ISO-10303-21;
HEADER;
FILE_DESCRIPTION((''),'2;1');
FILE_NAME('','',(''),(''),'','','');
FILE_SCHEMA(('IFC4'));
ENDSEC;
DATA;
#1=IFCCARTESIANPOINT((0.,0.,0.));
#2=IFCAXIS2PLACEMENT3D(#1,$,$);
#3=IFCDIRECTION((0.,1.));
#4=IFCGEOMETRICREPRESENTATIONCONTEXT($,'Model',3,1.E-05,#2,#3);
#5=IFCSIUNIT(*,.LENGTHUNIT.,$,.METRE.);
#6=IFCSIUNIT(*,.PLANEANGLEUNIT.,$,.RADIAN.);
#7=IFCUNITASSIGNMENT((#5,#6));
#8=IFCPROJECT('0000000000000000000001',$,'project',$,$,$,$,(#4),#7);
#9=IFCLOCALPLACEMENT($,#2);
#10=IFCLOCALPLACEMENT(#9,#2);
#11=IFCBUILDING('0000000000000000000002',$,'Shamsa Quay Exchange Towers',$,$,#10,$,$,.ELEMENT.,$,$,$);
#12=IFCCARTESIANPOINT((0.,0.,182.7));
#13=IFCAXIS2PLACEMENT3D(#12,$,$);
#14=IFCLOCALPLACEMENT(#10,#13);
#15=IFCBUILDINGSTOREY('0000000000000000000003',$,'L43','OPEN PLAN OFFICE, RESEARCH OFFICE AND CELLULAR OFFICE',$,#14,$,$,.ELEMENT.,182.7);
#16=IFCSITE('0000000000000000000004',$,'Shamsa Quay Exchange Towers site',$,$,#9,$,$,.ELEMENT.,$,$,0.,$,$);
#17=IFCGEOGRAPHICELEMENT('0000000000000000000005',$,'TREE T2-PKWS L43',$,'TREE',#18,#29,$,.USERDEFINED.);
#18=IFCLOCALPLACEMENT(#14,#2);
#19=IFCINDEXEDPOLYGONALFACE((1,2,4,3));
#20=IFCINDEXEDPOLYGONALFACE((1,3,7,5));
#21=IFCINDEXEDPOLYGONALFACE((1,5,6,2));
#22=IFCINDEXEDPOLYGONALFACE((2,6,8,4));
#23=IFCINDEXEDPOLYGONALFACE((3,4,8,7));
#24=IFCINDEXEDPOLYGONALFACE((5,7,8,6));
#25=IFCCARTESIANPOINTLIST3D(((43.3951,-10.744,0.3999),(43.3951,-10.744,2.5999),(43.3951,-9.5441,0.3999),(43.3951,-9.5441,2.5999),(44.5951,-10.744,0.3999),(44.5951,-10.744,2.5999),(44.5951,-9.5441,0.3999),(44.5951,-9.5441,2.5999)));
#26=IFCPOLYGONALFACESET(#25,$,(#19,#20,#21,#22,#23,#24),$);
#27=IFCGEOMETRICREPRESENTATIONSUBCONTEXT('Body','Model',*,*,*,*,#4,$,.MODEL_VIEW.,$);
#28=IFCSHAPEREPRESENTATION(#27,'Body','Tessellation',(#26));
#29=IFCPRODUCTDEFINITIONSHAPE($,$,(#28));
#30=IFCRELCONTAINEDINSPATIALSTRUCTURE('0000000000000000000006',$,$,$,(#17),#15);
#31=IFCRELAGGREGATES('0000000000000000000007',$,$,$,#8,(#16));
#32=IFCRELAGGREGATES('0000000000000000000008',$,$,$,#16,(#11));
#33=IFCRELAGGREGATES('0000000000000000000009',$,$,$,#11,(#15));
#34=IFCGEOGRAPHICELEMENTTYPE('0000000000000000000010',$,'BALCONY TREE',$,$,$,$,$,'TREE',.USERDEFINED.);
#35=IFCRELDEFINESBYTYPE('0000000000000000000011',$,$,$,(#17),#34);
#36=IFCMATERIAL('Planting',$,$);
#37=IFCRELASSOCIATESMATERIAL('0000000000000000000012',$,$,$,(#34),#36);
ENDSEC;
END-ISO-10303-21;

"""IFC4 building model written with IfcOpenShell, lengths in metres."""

from ifc_helpers import new_model, si_unit, direction, frame, origin, origin_2d, place, context, subcontext, project, spatial, rectangle, extrude, material, type_object, element, save


model = new_model("IFC4")

# Units and contexts
model_context = context("Model", 3, precision=1e-05, world=origin(), true_north=direction((0.0, 1.0)))
body_context = subcontext(model_context, "Body", "Model", "MODEL_VIEW")
ifc_project = project(units=[si_unit("LENGTHUNIT", "METRE"), si_unit("PLANEANGLEUNIT", "RADIAN")], contexts=[model_context])

# Site, building, storey
site_placement = place(None, origin())
site = spatial("IfcSite", under=ifc_project, at=site_placement, Name="Shamsa Quay Exchange Towers site", CompositionType="ELEMENT", RefElevation=0.0)
building_placement = place(site_placement, origin())
building = spatial("IfcBuilding", under=site, at=building_placement, Name="Shamsa Quay Exchange Towers", CompositionType="ELEMENT")
storey_placement = place(building_placement, frame((0.0, 0.0, 182.7)))
storey = spatial("IfcBuildingStorey", under=building, at=storey_placement, Name="L43", Description="OPEN PLAN OFFICE, RESEARCH OFFICE AND CELLULAR OFFICE", CompositionType="ELEMENT", Elevation=182.7)

# Geographic element
ifc_material_1 = material(Name="Planting")
geographic_element_type = type_object("IfcGeographicElementType", Name="BALCONY TREE", ElementType="TREE", PredefinedType="USERDEFINED", material=ifc_material_1)
geographic_element_placement = place(storey_placement, frame((43.9951, -10.144, 0.3999), z_axis=(0.0, 0.0, 1.0), x_axis=(0.0, 1.0, 0.0)))
element("IfcGeographicElement", 1, at=geographic_element_placement, inside=storey, type_object=geographic_element_type, Name="TREE T2-PKWS L43", ObjectType="TREE", PredefinedType="USERDEFINED", context=body_context, shape_type="SweptSolid", body=[
    extrude(rectangle(XDim=1.2, YDim=1.2, at=origin_2d()), origin(), (0.0, 0.0, 1.0), 2.2),
])

save(model, "model.ifc")
